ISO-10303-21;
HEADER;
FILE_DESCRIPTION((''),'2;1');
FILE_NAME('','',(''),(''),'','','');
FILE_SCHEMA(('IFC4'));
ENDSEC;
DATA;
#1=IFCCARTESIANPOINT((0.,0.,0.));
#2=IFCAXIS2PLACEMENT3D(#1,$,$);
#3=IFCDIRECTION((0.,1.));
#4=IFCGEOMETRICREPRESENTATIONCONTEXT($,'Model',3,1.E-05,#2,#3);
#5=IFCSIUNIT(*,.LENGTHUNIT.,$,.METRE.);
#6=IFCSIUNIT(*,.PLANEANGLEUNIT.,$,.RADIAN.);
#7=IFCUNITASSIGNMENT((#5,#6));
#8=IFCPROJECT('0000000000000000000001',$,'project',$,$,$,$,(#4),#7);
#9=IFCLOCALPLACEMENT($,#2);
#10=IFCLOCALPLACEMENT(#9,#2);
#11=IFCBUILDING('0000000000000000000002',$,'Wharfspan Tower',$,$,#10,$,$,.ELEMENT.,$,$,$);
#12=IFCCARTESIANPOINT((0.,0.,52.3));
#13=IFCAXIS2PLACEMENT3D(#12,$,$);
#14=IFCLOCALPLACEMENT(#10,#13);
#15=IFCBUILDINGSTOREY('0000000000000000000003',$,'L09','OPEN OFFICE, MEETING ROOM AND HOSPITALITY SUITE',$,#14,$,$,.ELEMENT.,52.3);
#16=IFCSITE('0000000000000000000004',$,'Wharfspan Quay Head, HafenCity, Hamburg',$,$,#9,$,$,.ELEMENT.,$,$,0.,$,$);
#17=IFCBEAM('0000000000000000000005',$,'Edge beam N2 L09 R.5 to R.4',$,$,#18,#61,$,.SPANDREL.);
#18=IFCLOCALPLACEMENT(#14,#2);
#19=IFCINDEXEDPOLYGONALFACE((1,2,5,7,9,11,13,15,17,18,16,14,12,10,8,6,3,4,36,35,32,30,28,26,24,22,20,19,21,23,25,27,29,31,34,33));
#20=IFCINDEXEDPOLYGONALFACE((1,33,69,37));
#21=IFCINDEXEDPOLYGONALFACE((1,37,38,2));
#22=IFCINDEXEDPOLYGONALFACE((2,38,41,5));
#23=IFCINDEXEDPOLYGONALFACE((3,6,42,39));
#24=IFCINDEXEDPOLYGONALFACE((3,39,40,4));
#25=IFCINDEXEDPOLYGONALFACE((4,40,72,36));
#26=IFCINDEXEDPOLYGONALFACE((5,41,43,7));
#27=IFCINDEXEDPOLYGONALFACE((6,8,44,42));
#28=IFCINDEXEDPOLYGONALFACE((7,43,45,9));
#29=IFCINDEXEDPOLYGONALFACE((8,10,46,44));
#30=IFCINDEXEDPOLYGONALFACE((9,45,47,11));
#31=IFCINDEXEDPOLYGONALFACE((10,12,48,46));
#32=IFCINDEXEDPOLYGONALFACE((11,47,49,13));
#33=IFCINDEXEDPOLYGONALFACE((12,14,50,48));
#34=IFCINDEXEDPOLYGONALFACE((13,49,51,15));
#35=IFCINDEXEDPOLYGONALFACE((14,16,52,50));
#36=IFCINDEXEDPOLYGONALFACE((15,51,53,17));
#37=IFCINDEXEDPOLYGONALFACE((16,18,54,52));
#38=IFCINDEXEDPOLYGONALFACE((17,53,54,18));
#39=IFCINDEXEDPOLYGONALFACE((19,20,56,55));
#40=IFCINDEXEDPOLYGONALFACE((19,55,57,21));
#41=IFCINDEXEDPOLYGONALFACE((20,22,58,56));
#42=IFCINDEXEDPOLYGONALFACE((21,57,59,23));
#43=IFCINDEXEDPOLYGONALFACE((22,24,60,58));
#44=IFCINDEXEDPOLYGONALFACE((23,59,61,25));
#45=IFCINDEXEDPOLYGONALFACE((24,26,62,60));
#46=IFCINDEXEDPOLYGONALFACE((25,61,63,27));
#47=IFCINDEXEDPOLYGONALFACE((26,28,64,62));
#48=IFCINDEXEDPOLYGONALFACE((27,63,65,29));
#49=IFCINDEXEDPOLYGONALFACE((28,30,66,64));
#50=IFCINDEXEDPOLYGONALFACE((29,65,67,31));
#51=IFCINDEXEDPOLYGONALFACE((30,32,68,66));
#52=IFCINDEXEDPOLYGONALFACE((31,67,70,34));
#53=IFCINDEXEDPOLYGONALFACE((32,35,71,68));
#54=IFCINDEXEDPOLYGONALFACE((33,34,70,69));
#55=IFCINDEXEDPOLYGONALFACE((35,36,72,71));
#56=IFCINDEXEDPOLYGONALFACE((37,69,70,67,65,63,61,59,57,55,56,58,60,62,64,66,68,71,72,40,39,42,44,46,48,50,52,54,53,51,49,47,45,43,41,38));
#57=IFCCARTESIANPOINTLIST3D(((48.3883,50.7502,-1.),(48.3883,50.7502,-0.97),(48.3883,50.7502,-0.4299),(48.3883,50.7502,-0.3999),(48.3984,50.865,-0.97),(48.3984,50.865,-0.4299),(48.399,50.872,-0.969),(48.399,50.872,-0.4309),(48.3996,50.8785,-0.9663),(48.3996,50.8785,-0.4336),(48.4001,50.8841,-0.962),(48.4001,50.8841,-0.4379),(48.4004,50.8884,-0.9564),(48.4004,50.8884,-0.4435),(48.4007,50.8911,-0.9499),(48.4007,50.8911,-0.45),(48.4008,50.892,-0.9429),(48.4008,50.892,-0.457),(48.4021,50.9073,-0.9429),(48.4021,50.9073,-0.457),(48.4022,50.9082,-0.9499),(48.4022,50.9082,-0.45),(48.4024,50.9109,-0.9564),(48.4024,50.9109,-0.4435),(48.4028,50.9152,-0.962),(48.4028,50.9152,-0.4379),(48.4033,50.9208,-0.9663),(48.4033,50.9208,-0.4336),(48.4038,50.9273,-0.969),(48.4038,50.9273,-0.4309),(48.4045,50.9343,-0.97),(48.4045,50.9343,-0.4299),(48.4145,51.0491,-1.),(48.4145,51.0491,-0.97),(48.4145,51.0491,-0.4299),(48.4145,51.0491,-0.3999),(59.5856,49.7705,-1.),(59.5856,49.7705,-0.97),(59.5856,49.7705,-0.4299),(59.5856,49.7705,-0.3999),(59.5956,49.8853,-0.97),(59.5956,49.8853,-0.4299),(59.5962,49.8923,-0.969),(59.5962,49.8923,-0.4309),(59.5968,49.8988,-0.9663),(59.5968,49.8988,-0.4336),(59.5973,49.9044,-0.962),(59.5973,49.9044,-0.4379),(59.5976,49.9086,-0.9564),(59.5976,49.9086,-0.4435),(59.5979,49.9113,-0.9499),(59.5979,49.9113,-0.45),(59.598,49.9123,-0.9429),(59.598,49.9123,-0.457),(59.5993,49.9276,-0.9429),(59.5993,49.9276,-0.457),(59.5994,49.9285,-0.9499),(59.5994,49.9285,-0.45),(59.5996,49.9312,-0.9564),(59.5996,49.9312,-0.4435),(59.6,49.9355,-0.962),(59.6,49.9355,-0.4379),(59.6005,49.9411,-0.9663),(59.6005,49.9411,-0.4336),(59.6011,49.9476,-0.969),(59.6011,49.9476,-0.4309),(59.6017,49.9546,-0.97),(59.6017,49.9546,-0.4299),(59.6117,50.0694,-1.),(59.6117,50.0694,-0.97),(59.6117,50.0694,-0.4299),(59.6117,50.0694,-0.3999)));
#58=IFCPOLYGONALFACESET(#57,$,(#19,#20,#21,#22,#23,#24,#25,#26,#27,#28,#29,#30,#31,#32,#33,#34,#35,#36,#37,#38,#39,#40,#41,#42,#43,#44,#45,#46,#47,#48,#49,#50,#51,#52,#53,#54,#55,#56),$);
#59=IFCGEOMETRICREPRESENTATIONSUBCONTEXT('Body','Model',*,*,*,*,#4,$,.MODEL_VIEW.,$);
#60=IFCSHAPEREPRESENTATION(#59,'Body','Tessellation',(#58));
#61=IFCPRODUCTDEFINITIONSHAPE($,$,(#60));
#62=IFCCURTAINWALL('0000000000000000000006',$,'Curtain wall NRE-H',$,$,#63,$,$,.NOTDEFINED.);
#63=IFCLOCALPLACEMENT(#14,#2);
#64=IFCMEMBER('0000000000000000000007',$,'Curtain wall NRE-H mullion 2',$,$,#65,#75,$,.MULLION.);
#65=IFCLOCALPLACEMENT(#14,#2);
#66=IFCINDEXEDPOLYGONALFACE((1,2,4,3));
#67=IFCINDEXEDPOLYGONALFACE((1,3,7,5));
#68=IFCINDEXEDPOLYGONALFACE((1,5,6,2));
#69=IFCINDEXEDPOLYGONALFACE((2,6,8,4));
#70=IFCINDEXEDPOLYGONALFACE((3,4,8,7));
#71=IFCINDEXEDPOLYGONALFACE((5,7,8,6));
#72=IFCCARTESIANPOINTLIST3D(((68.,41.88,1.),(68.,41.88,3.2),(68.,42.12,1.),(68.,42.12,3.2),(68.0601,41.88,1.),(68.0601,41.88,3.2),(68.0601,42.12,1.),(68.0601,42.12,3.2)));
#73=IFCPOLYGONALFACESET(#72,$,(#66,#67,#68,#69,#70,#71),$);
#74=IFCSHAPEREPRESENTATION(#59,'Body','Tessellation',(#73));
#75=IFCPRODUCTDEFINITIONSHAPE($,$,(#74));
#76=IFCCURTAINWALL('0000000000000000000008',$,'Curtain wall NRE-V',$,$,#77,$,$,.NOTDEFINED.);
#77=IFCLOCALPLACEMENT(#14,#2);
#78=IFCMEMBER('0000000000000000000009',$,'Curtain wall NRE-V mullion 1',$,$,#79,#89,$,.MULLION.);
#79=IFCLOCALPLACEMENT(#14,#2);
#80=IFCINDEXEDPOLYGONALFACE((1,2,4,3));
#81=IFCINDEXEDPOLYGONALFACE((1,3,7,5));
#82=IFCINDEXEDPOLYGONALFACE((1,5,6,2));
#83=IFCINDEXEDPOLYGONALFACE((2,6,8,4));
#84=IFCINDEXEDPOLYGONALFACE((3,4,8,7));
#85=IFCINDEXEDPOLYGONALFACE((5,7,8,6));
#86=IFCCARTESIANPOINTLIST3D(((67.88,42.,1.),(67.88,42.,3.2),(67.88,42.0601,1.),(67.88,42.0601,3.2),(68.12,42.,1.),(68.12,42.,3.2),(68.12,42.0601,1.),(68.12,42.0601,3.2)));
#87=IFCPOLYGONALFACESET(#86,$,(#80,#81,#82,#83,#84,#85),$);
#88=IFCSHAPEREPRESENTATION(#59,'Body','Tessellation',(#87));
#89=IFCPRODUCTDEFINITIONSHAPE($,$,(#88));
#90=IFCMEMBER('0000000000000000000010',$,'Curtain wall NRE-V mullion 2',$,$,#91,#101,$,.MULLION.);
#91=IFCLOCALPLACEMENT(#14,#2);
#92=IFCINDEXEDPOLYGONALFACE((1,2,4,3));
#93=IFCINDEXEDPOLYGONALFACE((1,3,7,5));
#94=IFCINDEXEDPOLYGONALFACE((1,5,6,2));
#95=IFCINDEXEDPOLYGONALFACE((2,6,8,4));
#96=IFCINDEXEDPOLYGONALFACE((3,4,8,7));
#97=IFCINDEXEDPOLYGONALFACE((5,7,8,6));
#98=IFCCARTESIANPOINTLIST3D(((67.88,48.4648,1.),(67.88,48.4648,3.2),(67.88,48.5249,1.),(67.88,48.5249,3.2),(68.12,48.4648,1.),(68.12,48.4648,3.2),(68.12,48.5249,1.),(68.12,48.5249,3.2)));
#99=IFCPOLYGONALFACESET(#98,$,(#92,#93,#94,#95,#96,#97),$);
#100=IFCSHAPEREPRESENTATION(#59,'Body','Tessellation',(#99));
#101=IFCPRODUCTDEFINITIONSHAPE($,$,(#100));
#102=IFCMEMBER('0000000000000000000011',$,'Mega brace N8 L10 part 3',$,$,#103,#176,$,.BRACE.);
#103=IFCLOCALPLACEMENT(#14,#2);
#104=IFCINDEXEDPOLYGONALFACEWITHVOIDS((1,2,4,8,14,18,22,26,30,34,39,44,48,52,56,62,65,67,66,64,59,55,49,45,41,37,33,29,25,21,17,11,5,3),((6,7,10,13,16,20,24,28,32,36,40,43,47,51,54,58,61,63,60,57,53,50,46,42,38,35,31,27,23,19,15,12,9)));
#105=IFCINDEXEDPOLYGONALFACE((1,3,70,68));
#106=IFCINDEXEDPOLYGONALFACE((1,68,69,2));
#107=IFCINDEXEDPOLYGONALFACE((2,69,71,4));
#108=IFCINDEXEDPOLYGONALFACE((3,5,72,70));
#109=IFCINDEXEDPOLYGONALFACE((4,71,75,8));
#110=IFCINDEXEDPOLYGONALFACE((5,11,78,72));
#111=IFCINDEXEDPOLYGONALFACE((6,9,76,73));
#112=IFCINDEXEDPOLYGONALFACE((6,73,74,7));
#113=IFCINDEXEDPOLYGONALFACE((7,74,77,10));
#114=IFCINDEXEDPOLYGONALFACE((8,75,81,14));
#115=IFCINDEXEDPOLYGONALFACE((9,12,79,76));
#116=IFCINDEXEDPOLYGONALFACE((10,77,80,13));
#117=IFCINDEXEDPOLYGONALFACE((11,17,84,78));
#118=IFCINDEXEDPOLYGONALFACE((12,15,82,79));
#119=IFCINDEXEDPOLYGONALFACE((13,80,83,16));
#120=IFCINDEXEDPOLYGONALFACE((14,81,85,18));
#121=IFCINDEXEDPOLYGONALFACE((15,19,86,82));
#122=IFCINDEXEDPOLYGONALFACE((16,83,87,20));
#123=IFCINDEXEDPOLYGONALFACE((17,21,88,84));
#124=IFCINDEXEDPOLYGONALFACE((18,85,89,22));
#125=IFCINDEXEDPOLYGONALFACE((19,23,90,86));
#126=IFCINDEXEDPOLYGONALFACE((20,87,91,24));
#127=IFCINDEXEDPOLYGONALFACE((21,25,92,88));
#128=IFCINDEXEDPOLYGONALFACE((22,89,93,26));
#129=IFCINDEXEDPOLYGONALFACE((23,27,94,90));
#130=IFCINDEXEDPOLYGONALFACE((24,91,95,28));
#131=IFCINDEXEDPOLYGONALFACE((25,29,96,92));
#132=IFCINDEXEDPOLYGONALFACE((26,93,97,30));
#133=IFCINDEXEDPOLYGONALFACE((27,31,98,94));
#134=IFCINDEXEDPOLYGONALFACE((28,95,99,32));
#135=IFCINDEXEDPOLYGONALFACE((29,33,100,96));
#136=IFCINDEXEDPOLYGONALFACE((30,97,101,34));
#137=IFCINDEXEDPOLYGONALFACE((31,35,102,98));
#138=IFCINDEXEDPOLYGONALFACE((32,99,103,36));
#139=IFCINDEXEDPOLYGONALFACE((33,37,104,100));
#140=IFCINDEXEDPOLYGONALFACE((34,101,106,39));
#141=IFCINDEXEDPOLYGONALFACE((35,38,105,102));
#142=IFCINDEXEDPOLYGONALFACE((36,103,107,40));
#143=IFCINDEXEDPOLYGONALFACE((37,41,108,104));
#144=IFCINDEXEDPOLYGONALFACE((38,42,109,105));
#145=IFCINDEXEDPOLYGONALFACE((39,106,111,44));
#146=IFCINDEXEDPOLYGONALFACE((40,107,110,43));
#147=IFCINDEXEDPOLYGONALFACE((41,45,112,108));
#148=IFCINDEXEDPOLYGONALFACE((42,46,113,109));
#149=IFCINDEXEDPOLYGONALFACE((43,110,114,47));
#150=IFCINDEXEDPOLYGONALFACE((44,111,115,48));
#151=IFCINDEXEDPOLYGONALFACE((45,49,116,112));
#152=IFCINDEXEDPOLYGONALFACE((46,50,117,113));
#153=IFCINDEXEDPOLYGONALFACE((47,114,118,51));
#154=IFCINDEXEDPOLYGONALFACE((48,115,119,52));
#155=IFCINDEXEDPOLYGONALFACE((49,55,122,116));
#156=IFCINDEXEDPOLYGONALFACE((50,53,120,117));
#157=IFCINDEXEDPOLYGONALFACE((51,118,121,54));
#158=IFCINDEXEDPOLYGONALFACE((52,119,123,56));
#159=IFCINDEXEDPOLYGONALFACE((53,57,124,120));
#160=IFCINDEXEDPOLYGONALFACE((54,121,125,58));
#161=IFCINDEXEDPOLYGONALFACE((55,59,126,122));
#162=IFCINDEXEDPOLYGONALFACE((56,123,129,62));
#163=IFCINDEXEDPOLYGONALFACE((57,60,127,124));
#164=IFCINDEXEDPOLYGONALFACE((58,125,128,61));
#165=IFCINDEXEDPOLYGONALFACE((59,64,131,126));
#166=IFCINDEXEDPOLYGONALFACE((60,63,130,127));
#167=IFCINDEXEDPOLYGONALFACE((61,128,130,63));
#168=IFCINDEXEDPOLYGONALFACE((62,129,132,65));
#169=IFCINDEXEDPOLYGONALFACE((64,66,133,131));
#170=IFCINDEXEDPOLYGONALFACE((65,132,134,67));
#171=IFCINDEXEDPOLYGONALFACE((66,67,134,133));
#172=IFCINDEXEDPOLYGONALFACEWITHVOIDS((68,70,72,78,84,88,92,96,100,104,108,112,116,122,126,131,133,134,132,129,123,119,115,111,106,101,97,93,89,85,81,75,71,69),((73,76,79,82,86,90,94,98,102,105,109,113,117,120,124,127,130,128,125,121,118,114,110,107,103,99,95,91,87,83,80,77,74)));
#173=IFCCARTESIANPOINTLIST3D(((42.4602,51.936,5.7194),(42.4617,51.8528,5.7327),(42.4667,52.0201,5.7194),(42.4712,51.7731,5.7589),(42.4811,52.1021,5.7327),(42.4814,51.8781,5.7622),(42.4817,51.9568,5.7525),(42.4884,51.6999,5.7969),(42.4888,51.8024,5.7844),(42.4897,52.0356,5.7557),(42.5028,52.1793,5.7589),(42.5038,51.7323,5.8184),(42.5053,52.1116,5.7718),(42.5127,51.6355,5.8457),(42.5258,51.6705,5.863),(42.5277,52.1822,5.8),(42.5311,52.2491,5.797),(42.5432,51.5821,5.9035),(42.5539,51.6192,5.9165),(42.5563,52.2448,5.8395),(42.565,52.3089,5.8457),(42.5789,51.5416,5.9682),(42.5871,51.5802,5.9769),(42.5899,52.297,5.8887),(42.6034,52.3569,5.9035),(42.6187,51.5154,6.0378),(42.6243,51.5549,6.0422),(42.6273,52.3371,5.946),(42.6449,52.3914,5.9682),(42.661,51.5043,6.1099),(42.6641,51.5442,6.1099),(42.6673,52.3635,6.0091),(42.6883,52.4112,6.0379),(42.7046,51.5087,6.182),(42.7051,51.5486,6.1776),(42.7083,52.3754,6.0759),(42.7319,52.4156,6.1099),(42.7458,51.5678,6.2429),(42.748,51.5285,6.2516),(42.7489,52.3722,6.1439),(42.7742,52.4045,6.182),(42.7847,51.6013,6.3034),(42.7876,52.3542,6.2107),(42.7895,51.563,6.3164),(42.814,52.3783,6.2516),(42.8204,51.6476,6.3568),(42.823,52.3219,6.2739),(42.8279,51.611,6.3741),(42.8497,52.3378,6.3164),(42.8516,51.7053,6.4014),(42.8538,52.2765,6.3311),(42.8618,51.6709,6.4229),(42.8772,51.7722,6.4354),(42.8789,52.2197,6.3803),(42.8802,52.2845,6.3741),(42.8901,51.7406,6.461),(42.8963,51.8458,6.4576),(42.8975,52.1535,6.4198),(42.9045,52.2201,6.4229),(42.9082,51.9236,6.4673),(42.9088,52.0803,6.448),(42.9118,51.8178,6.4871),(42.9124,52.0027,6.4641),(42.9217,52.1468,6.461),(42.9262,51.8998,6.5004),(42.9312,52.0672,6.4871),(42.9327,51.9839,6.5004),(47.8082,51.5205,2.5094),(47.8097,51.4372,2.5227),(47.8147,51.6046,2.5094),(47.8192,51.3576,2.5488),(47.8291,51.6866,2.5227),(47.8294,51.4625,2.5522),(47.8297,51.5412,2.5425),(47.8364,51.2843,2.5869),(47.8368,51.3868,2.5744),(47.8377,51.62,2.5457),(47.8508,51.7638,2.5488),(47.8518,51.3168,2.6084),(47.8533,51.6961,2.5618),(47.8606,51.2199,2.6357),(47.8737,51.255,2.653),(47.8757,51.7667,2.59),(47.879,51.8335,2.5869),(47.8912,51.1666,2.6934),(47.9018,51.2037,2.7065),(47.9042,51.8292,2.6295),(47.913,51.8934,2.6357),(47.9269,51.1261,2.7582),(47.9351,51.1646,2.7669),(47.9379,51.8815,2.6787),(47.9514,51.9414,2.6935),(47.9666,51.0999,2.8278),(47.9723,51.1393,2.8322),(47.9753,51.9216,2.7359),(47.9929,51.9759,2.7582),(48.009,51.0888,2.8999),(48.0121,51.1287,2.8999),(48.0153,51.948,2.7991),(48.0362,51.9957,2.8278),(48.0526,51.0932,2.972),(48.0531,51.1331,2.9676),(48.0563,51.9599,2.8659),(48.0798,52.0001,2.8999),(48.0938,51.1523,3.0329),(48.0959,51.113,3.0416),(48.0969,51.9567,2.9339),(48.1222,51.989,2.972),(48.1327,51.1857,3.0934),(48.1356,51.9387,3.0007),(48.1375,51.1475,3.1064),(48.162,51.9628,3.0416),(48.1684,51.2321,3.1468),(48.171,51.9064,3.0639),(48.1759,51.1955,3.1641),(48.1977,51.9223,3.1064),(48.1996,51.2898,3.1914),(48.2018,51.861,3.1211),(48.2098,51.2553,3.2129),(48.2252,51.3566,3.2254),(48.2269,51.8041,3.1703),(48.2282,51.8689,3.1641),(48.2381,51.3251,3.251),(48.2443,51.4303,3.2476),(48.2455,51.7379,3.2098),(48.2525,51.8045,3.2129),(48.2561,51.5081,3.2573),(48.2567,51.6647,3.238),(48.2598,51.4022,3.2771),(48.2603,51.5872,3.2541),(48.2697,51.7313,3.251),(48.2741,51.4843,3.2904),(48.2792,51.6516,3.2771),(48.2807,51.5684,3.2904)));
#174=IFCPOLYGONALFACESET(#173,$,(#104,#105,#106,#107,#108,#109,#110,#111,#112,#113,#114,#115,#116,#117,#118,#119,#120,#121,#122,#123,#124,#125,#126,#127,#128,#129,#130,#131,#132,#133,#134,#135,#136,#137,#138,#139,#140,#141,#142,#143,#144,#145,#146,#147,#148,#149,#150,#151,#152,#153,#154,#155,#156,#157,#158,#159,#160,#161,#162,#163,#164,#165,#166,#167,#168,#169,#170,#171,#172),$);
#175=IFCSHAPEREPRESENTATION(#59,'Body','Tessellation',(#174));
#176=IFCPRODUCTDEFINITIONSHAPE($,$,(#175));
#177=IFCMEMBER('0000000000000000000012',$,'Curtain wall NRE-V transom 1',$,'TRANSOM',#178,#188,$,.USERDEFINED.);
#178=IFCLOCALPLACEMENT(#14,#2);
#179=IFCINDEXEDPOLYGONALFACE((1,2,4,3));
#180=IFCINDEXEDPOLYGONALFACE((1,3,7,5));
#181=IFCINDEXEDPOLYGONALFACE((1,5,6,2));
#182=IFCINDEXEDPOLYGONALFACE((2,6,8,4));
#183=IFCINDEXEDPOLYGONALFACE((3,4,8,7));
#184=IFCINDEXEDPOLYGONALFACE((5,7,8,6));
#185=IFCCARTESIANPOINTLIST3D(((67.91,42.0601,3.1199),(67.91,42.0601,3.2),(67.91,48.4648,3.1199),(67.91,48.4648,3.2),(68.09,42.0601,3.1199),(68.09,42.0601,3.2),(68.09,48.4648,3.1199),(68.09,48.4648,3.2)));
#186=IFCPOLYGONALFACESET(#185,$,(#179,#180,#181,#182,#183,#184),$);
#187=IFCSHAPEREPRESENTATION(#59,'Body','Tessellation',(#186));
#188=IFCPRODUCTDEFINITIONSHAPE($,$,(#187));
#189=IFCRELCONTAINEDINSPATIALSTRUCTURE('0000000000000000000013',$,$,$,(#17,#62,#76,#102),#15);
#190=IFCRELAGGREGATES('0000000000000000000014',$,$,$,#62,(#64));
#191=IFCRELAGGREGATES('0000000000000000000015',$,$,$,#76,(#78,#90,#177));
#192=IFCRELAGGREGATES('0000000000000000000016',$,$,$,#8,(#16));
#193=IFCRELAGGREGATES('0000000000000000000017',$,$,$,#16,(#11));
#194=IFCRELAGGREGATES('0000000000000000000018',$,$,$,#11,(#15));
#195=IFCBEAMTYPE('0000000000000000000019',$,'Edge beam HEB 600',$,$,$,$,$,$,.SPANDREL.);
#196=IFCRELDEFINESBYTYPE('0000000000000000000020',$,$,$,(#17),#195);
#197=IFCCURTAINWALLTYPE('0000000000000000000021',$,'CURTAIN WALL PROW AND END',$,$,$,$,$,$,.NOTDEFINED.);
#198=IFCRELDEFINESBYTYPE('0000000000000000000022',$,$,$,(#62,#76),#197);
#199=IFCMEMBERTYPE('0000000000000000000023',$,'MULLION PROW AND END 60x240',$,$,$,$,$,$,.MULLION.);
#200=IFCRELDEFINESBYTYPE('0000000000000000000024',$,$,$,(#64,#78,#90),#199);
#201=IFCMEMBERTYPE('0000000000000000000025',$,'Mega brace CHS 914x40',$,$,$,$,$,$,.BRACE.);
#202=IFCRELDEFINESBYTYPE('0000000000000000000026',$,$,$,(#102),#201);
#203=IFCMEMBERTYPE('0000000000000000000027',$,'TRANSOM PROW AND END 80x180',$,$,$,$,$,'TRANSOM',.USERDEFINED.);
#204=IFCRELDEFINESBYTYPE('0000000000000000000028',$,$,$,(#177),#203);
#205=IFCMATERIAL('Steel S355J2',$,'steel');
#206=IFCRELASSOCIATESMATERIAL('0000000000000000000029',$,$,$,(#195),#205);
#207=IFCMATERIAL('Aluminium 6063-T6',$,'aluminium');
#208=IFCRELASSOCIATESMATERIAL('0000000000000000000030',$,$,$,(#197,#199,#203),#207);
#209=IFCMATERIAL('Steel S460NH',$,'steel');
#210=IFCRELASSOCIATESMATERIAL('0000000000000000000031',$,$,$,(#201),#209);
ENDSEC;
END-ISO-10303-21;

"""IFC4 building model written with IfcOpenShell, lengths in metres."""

from ifc_helpers import new_model, si_unit, direction, frame, origin, origin_2d, place, context, subcontext, project, spatial, rectangle, hollow_circle, i_section, extrude, material, material_profile, profile_set, type_object, element, aggregate, save


model = new_model("IFC4")

# Units and contexts
model_context = context("Model", 3, precision=1e-05, world=origin(), true_north=direction((0.0, 1.0)))
body_context = subcontext(model_context, "Body", "Model", "MODEL_VIEW")
ifc_project = project(units=[si_unit("LENGTHUNIT", "METRE"), si_unit("PLANEANGLEUNIT", "RADIAN")], contexts=[model_context])

# Site, building, storey
site_placement = place(None, origin())
site = spatial("IfcSite", under=ifc_project, at=site_placement, Name="Wharfspan Quay Head, HafenCity, Hamburg", CompositionType="ELEMENT", RefElevation=0.0)
building_placement = place(site_placement, origin())
building = spatial("IfcBuilding", under=site, at=building_placement, Name="Wharfspan Tower", CompositionType="ELEMENT")
storey_placement = place(building_placement, frame((0.0, 0.0, 52.3)))
storey = spatial("IfcBuildingStorey", under=building, at=storey_placement, Name="L09", Description="OPEN OFFICE, MEETING ROOM AND HOSPITALITY SUITE", CompositionType="ELEMENT", Elevation=52.3)

# Shared definitions
ifc_material_1 = material(Name="Steel S355J2", Category="steel")

# Beam
ifc_material_profile_1 = material_profile(ifc_material_1, i_section(OverallWidth=0.3, OverallDepth=0.6001, WebThickness=0.0154, FlangeThickness=0.03, FilletRadius=0.0271, at=origin_2d()))
ifc_profile_set_1 = profile_set([ifc_material_profile_1], Name="Steel S355J2")
beam_type = type_object("IfcBeamType", Name="Edge beam HEB 600", PredefinedType="SPANDREL", material=ifc_profile_set_1)
beam_placement = place(storey_placement, frame((59.5986, 49.9199, -0.7), z_axis=(-0.996194, 0.087165, 0.0), x_axis=(-0.087165, -0.996194, 0.0)))
element("IfcBeam", 1, at=beam_placement, inside=storey, type_object=beam_type, Name="Edge beam N2 L09 R.5 to R.4", PredefinedType="SPANDREL", context=body_context, shape_type="SweptSolid", body=[
    extrude(i_section(OverallWidth=0.3, OverallDepth=0.6001, WebThickness=0.0154, FlangeThickness=0.03, FilletRadius=0.0271, at=origin_2d()), origin(), (0.0, 0.0, 1.0), 11.24),
])

# Curtain wall, member
ifc_material_2 = material(Name="Aluminium 6063-T6", Category="aluminium")
curtain_wall_type = type_object("IfcCurtainWallType", Name="CURTAIN WALL PROW AND END", PredefinedType="NOTDEFINED", material=ifc_material_2)
curtain_wall_1_placement = place(storey_placement, origin())
curtain_wall_1 = element("IfcCurtainWall", 2, at=curtain_wall_1_placement, inside=storey, type_object=curtain_wall_type, Name="Curtain wall NRE-H", PredefinedType="NOTDEFINED")
ifc_material_profile_2 = material_profile(ifc_material_2, rectangle(XDim=0.24, YDim=0.0601, at=origin_2d()))
ifc_profile_set_2 = profile_set([ifc_material_profile_2], Name="Aluminium 6063-T6")
member_type_1 = type_object("IfcMemberType", Name="MULLION PROW AND END 60x240", PredefinedType="MULLION", material=ifc_profile_set_2)
member_1_placement = place(storey_placement, frame((68.03, 42.0, 1.0), z_axis=(0.0, 0.0, 1.0), x_axis=(0.0, -1.0, 0.0)))
member_1 = element("IfcMember", 3, at=member_1_placement, type_object=member_type_1, Name="Curtain wall NRE-H mullion 2", PredefinedType="MULLION", context=body_context, shape_type="SweptSolid", body=[
    extrude(rectangle(XDim=0.24, YDim=0.0601, at=origin_2d()), origin(), (0.0, 0.0, 1.0), 2.2),
])
aggregate(curtain_wall_1, [member_1])

# Curtain wall, members
curtain_wall_2_placement = place(storey_placement, origin())
curtain_wall_2 = element("IfcCurtainWall", 4, at=curtain_wall_2_placement, inside=storey, type_object=curtain_wall_type, Name="Curtain wall NRE-V", PredefinedType="NOTDEFINED")
member_2_placement = place(storey_placement, frame((68.0, 42.03, 1.0), z_axis=(0.0, 0.0, 1.0), x_axis=(-1.0, 0.0, 0.0)))
member_2 = element("IfcMember", 5, at=member_2_placement, type_object=member_type_1, Name="Curtain wall NRE-V mullion 1", PredefinedType="MULLION", context=body_context, shape_type="SweptSolid", body=[
    extrude(rectangle(XDim=0.24, YDim=0.0601, at=origin_2d()), origin(), (0.0, 0.0, 1.0), 2.2),
])
member_3_placement = place(storey_placement, frame((68.0, 48.4949, 1.0), z_axis=(0.0, 0.0, 1.0), x_axis=(-1.0, 0.0, 0.0)))
member_3 = element("IfcMember", 6, at=member_3_placement, type_object=member_type_1, Name="Curtain wall NRE-V mullion 2", PredefinedType="MULLION", context=body_context, shape_type="SweptSolid", body=[
    extrude(rectangle(XDim=0.24, YDim=0.0601, at=origin_2d()), origin(), (0.0, 0.0, 1.0), 2.2),
])

# Members
ifc_material_3 = material(Name="Steel S460NH", Category="steel")
ifc_material_profile_3 = material_profile(ifc_material_3, hollow_circle(Radius=0.457, WallThickness=0.04, at=origin_2d()))
ifc_profile_set_3 = profile_set([ifc_material_profile_3], Name="Steel S460NH")
member_type_2 = type_object("IfcMemberType", Name="Mega brace CHS 914x40", PredefinedType="BRACE", material=ifc_profile_set_3)
member_4_placement = place(storey_placement, frame((48.0444, 51.5444, 2.8999), z_axis=(-0.85551, 0.066472, 0.513501), x_axis=(-0.077467, -0.996995, -0.000003)))
element("IfcMember", 7, at=member_4_placement, inside=storey, type_object=member_type_2, Name="Mega brace N8 L10 part 3", PredefinedType="BRACE", context=body_context, shape_type="SweptSolid", body=[
    extrude(hollow_circle(Radius=0.457, WallThickness=0.04, at=origin_2d()), origin(), (0.0, 0.0, 1.0), 6.2512),
])
ifc_material_profile_4 = material_profile(ifc_material_2, rectangle(XDim=0.1799, YDim=0.0801, at=origin_2d()))
ifc_profile_set_4 = profile_set([ifc_material_profile_4], Name="Aluminium 6063-T6")
member_type_3 = type_object("IfcMemberType", Name="TRANSOM PROW AND END 80x180", ElementType="TRANSOM", PredefinedType="USERDEFINED", material=ifc_profile_set_4)
member_5_placement = place(storey_placement, frame((68.0, 42.0601, 3.1599), z_axis=(0.0, 1.0, 0.0), x_axis=(-1.0, 0.0, 0.0)))
member_5 = element("IfcMember", 8, at=member_5_placement, type_object=member_type_3, Name="Curtain wall NRE-V transom 1", ObjectType="TRANSOM", PredefinedType="USERDEFINED", context=body_context, shape_type="SweptSolid", body=[
    extrude(rectangle(XDim=0.1799, YDim=0.0801, at=origin_2d()), origin(), (0.0, 0.0, 1.0), 6.4048),
])

aggregate(curtain_wall_2, [member_2, member_3, member_5])

save(model, "model.ifc")
